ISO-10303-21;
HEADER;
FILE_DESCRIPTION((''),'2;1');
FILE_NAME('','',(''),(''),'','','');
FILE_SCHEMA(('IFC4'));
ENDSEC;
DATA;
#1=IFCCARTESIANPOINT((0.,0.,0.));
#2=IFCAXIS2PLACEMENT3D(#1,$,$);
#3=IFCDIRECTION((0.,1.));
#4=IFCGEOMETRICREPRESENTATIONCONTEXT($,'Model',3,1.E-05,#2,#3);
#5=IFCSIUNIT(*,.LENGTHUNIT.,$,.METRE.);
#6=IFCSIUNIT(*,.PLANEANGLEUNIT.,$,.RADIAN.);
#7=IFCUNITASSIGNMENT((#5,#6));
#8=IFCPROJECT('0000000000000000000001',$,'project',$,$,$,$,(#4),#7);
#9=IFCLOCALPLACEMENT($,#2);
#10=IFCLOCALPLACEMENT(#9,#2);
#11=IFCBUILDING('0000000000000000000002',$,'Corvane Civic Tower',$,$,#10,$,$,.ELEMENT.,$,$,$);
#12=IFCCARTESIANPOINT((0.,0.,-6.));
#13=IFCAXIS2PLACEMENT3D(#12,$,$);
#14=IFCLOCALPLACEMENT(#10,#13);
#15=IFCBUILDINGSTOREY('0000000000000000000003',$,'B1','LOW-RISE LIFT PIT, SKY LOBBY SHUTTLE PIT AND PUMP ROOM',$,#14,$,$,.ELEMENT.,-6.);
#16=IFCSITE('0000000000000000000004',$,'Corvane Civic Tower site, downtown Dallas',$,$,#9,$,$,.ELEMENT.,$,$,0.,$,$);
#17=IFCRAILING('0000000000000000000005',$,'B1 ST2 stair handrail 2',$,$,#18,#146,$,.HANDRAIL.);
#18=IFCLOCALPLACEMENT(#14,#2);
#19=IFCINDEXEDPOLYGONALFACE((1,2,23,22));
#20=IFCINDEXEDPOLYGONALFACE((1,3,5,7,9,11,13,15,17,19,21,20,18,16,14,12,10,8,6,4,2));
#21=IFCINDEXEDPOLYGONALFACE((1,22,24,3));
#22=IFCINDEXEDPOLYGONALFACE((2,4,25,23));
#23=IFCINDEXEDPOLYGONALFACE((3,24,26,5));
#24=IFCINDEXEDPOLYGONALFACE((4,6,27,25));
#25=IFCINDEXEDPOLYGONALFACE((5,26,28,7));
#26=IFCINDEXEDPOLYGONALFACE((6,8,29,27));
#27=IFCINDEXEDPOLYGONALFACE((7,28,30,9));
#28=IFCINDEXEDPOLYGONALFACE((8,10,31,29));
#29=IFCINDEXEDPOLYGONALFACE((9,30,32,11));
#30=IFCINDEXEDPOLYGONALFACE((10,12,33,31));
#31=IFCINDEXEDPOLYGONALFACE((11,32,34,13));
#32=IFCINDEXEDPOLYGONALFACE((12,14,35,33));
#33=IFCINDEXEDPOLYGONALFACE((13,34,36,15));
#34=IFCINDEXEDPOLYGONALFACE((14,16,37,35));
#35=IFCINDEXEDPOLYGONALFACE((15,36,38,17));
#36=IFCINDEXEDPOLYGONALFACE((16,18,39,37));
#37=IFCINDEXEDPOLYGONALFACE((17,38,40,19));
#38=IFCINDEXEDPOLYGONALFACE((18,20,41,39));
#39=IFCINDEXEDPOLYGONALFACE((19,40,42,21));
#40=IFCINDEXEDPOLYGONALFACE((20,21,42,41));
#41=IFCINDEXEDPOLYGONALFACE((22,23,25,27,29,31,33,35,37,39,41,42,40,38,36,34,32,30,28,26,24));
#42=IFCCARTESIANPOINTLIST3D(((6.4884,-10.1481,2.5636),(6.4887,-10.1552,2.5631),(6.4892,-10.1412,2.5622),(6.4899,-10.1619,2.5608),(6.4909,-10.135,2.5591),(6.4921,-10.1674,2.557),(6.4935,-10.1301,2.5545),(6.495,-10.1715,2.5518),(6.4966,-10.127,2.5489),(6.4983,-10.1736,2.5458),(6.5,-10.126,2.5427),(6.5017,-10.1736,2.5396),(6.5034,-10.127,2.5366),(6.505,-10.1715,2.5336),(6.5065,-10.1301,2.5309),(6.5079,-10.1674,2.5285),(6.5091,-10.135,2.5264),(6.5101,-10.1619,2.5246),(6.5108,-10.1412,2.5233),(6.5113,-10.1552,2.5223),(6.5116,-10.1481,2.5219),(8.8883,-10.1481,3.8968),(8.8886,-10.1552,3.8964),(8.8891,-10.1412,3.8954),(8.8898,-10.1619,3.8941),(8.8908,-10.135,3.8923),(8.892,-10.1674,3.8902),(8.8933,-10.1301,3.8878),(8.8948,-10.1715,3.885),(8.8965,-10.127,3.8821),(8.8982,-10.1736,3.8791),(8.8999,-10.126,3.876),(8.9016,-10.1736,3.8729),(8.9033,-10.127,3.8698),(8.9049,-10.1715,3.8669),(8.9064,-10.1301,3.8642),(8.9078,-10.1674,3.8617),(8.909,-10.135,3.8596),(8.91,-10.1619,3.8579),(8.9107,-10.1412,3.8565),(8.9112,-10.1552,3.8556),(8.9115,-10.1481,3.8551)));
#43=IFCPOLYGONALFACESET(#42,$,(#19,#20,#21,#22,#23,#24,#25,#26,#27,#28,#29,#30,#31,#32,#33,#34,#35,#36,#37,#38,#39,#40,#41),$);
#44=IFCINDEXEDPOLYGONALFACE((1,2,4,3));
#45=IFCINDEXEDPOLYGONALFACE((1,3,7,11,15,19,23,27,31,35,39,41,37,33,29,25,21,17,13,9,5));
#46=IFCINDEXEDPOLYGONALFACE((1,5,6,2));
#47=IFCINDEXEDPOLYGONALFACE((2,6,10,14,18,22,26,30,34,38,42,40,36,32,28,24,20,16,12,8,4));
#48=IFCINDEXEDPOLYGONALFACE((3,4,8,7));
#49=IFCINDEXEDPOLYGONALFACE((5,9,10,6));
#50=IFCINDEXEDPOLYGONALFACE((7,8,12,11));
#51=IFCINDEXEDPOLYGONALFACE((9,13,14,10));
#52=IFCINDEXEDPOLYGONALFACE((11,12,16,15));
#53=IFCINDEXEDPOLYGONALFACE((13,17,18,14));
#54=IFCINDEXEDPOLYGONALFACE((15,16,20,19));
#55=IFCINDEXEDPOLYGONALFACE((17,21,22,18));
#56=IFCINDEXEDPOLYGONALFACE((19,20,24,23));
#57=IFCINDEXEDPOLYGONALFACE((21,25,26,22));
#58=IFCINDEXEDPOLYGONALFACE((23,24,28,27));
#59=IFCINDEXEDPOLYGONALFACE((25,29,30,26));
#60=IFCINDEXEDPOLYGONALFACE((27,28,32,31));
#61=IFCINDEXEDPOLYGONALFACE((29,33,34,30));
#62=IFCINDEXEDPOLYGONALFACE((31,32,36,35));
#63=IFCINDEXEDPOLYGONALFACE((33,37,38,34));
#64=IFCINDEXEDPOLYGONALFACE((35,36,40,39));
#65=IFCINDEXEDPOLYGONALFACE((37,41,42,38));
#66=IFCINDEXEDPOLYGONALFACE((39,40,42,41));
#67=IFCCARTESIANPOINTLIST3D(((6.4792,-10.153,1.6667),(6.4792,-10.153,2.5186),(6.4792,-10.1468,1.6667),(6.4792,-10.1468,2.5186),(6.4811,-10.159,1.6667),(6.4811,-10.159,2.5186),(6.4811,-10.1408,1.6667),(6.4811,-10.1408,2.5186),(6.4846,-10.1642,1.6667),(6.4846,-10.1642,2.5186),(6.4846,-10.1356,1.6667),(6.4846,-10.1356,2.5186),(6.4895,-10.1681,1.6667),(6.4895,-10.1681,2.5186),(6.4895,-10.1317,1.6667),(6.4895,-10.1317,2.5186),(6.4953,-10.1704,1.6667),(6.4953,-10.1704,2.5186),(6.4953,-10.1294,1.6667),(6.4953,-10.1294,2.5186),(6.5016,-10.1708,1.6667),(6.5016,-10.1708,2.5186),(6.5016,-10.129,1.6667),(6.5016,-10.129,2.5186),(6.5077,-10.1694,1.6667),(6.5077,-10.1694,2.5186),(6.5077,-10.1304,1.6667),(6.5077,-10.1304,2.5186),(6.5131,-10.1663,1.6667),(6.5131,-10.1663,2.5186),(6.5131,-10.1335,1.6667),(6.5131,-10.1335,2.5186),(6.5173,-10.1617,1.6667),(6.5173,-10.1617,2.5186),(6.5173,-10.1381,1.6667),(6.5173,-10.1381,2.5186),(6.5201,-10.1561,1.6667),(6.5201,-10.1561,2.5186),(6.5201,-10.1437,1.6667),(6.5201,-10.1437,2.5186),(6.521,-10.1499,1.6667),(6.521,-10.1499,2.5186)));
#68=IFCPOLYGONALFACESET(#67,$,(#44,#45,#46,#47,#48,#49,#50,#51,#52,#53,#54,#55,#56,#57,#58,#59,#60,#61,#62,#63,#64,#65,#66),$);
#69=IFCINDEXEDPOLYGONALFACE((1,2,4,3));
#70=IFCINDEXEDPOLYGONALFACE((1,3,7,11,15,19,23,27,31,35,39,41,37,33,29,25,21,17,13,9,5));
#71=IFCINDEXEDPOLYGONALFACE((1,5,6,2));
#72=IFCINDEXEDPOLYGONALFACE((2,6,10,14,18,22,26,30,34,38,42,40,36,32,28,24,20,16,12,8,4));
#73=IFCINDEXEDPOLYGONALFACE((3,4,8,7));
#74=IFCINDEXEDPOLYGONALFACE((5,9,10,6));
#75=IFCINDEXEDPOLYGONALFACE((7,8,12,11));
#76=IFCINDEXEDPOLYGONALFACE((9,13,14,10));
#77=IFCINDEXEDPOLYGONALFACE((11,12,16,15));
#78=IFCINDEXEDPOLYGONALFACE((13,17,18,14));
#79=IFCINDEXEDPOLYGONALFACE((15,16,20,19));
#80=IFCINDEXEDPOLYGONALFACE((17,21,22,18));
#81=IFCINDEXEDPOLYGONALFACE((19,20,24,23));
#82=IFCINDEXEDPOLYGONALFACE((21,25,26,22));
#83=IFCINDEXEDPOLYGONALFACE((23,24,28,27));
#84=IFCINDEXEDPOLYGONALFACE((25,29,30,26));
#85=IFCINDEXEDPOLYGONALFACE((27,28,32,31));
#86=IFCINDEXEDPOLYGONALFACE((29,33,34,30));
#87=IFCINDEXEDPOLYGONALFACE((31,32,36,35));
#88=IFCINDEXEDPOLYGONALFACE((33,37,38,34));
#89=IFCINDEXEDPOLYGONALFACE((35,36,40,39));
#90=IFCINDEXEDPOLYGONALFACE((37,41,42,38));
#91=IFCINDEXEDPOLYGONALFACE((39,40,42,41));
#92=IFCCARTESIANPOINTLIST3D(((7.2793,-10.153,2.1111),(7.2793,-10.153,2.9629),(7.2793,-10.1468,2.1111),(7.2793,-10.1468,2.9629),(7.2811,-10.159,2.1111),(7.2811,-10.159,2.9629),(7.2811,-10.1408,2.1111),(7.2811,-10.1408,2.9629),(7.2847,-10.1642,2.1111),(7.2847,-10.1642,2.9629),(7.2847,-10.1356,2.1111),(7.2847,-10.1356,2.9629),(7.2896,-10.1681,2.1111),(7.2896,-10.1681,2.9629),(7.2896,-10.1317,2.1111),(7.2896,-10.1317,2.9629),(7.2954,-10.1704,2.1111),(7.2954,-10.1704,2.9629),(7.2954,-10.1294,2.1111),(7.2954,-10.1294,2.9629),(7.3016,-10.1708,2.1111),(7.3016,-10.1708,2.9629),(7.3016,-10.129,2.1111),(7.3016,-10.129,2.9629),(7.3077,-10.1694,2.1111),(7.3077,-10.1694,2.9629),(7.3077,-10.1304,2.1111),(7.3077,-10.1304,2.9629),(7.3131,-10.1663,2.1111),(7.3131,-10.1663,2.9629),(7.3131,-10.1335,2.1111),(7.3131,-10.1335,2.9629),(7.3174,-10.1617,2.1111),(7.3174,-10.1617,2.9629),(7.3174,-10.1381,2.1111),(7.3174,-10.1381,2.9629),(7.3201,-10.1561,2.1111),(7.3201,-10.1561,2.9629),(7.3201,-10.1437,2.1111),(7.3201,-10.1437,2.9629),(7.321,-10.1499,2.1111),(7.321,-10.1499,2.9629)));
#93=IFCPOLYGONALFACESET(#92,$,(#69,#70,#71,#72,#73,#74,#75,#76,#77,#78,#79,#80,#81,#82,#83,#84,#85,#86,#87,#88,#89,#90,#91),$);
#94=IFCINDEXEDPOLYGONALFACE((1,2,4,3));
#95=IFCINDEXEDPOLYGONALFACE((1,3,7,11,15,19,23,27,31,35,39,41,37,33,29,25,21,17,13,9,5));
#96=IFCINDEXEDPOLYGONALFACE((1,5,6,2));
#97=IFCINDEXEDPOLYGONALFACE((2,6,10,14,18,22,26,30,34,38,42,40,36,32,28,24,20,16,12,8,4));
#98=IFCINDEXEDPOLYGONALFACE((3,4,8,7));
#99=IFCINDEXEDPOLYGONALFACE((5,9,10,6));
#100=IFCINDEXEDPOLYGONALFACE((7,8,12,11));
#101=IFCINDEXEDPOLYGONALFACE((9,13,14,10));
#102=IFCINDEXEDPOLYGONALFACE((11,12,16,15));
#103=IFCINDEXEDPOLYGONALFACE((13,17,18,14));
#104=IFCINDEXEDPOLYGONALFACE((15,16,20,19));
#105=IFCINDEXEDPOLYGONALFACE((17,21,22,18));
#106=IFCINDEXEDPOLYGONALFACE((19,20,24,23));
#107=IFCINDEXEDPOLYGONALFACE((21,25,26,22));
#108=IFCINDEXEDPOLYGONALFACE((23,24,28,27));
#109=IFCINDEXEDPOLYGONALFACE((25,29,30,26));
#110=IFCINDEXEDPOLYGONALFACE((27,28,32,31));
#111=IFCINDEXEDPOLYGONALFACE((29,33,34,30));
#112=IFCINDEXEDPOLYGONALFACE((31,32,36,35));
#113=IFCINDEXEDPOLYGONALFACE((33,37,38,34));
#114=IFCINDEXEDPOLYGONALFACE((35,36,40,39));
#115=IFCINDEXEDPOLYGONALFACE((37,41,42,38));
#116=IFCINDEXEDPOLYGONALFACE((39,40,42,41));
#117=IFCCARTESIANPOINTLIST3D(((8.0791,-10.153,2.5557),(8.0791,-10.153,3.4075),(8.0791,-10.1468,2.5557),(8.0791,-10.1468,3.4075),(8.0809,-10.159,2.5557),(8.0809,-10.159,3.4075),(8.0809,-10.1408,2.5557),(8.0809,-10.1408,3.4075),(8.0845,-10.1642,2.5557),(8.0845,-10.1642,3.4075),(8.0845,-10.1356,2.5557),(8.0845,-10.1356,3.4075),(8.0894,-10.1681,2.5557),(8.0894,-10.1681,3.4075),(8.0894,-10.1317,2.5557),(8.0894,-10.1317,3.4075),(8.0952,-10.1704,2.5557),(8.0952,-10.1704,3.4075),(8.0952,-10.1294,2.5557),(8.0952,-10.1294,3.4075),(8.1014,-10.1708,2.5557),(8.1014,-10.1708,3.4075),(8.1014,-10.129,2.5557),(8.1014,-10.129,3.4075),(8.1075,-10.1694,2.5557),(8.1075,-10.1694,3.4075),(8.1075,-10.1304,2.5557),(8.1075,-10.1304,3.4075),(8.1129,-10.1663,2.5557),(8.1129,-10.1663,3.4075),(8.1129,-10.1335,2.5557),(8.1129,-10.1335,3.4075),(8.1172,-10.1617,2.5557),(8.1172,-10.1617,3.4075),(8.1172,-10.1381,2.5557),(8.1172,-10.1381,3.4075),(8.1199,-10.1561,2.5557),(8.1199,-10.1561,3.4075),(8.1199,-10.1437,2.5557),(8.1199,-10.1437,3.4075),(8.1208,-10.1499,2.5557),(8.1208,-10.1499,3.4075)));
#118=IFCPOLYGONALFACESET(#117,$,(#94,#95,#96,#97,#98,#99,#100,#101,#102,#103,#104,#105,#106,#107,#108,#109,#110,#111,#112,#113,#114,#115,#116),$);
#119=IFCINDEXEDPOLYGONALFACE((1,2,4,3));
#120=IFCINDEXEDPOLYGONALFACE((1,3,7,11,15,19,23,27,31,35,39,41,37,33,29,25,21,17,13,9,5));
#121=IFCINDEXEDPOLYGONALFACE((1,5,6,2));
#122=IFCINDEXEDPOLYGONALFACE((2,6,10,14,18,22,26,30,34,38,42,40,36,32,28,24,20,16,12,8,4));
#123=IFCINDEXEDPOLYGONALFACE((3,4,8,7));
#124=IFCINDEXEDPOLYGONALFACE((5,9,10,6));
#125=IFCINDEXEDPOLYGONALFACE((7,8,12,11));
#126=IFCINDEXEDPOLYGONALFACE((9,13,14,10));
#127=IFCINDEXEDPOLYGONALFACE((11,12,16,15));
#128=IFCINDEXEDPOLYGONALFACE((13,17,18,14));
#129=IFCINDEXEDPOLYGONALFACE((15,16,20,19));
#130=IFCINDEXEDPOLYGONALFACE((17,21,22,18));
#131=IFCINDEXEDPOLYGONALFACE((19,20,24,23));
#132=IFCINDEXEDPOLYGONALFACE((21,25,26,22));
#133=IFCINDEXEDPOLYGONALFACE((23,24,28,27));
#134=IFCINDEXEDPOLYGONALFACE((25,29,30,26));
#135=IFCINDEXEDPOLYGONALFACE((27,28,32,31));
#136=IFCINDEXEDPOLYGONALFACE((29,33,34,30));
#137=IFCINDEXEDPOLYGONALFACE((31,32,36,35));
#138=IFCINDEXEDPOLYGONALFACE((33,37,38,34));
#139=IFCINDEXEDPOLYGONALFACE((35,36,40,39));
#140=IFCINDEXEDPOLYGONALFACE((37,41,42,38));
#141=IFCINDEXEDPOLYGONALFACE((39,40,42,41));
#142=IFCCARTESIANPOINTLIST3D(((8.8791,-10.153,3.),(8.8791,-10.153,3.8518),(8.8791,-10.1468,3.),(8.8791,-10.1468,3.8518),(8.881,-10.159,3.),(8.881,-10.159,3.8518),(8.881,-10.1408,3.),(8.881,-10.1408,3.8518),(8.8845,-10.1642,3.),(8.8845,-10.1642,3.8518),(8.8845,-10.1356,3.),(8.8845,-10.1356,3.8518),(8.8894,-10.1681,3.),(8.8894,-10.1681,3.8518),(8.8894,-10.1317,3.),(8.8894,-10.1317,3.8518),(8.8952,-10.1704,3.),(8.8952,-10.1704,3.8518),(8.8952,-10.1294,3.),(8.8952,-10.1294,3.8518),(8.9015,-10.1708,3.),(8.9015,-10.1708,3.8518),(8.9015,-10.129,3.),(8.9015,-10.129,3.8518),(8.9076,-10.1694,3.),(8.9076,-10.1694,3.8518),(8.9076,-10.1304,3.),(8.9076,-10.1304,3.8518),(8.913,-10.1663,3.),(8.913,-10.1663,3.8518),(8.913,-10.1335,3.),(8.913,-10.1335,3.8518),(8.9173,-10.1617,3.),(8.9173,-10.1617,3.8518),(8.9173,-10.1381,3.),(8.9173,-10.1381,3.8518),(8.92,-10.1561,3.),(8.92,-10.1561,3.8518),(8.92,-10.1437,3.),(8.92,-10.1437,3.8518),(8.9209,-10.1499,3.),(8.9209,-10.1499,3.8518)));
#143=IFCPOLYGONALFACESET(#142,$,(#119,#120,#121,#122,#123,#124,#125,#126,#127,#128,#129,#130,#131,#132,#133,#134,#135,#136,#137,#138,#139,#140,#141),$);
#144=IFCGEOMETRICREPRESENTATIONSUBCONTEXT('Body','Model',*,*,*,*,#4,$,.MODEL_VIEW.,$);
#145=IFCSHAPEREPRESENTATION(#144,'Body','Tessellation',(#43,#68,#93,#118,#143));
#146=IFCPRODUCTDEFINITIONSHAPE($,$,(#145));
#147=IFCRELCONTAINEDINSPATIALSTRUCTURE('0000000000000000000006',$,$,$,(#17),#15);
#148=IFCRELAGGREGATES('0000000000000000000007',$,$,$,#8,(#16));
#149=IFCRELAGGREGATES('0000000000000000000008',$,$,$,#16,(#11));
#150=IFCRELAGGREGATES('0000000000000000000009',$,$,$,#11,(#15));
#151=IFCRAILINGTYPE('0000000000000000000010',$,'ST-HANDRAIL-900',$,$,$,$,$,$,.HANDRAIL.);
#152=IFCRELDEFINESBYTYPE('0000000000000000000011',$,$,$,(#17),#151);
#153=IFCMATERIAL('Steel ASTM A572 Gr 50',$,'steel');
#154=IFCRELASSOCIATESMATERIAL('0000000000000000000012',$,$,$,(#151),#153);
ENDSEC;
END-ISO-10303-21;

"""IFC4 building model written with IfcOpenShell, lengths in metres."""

from ifc_helpers import new_model, si_unit, direction, frame, origin, origin_2d, place, context, subcontext, project, spatial, circle, extrude, material, type_object, element, save


model = new_model("IFC4")

# Units and contexts
model_context = context("Model", 3, precision=1e-05, world=origin(), true_north=direction((0.0, 1.0)))
body_context = subcontext(model_context, "Body", "Model", "MODEL_VIEW")
ifc_project = project(units=[si_unit("LENGTHUNIT", "METRE"), si_unit("PLANEANGLEUNIT", "RADIAN")], contexts=[model_context])

# Site, building, storey
site_placement = place(None, origin())
site = spatial("IfcSite", under=ifc_project, at=site_placement, Name="Corvane Civic Tower site, downtown Dallas", CompositionType="ELEMENT", RefElevation=0.0)
building_placement = place(site_placement, origin())
building = spatial("IfcBuilding", under=site, at=building_placement, Name="Corvane Civic Tower", CompositionType="ELEMENT")
storey_placement = place(building_placement, frame((0.0, 0.0, -6.0)))
storey = spatial("IfcBuildingStorey", under=building, at=storey_placement, Name="B1", Description="LOW-RISE LIFT PIT, SKY LOBBY SHUTTLE PIT AND PUMP ROOM", CompositionType="ELEMENT", Elevation=-6.0)

# Railing
ifc_material_1 = material(Name="Steel ASTM A572 Gr 50", Category="steel")
railing_type_1 = type_object("IfcRailingType", Name="ST-HANDRAIL-900", PredefinedType="HANDRAIL", material=ifc_material_1)
for number, where, name in (
    (1, (6.5, -10.1499, 1.6667), "B1 ST2 stair handrail 2"),
):
    element("IfcRailing", number, at=place(storey_placement, frame(where)), inside=storey, type_object=railing_type_1, Name=name, PredefinedType="HANDRAIL", context=body_context, shape_type="SweptSolid", body=[
        extrude(circle(Radius=0.0239, at=origin_2d()), frame((0.0, 0.0, 0.876), z_axis=(0.874161, 0.0, 0.485635), x_axis=(0.0, 1.0, 0.0)), (0.0, 0.0, 1.0), 2.7454),
        extrude(circle(Radius=0.021, at=origin_2d()), origin(), (0.0, 0.0, 1.0), 0.8518),
        extrude(circle(Radius=0.021, at=origin_2d()), frame((0.8, 0.0, 0.4443)), (0.0, 0.0, 1.0), 0.8518),
        extrude(circle(Radius=0.021, at=origin_2d()), frame((1.5999, 0.0, 0.8889)), (0.0, 0.0, 1.0), 0.8518),
        extrude(circle(Radius=0.021, at=origin_2d()), frame((2.3999, 0.0, 1.3333)), (0.0, 0.0, 1.0), 0.8518),
    ])

save(model, "model.ifc")
